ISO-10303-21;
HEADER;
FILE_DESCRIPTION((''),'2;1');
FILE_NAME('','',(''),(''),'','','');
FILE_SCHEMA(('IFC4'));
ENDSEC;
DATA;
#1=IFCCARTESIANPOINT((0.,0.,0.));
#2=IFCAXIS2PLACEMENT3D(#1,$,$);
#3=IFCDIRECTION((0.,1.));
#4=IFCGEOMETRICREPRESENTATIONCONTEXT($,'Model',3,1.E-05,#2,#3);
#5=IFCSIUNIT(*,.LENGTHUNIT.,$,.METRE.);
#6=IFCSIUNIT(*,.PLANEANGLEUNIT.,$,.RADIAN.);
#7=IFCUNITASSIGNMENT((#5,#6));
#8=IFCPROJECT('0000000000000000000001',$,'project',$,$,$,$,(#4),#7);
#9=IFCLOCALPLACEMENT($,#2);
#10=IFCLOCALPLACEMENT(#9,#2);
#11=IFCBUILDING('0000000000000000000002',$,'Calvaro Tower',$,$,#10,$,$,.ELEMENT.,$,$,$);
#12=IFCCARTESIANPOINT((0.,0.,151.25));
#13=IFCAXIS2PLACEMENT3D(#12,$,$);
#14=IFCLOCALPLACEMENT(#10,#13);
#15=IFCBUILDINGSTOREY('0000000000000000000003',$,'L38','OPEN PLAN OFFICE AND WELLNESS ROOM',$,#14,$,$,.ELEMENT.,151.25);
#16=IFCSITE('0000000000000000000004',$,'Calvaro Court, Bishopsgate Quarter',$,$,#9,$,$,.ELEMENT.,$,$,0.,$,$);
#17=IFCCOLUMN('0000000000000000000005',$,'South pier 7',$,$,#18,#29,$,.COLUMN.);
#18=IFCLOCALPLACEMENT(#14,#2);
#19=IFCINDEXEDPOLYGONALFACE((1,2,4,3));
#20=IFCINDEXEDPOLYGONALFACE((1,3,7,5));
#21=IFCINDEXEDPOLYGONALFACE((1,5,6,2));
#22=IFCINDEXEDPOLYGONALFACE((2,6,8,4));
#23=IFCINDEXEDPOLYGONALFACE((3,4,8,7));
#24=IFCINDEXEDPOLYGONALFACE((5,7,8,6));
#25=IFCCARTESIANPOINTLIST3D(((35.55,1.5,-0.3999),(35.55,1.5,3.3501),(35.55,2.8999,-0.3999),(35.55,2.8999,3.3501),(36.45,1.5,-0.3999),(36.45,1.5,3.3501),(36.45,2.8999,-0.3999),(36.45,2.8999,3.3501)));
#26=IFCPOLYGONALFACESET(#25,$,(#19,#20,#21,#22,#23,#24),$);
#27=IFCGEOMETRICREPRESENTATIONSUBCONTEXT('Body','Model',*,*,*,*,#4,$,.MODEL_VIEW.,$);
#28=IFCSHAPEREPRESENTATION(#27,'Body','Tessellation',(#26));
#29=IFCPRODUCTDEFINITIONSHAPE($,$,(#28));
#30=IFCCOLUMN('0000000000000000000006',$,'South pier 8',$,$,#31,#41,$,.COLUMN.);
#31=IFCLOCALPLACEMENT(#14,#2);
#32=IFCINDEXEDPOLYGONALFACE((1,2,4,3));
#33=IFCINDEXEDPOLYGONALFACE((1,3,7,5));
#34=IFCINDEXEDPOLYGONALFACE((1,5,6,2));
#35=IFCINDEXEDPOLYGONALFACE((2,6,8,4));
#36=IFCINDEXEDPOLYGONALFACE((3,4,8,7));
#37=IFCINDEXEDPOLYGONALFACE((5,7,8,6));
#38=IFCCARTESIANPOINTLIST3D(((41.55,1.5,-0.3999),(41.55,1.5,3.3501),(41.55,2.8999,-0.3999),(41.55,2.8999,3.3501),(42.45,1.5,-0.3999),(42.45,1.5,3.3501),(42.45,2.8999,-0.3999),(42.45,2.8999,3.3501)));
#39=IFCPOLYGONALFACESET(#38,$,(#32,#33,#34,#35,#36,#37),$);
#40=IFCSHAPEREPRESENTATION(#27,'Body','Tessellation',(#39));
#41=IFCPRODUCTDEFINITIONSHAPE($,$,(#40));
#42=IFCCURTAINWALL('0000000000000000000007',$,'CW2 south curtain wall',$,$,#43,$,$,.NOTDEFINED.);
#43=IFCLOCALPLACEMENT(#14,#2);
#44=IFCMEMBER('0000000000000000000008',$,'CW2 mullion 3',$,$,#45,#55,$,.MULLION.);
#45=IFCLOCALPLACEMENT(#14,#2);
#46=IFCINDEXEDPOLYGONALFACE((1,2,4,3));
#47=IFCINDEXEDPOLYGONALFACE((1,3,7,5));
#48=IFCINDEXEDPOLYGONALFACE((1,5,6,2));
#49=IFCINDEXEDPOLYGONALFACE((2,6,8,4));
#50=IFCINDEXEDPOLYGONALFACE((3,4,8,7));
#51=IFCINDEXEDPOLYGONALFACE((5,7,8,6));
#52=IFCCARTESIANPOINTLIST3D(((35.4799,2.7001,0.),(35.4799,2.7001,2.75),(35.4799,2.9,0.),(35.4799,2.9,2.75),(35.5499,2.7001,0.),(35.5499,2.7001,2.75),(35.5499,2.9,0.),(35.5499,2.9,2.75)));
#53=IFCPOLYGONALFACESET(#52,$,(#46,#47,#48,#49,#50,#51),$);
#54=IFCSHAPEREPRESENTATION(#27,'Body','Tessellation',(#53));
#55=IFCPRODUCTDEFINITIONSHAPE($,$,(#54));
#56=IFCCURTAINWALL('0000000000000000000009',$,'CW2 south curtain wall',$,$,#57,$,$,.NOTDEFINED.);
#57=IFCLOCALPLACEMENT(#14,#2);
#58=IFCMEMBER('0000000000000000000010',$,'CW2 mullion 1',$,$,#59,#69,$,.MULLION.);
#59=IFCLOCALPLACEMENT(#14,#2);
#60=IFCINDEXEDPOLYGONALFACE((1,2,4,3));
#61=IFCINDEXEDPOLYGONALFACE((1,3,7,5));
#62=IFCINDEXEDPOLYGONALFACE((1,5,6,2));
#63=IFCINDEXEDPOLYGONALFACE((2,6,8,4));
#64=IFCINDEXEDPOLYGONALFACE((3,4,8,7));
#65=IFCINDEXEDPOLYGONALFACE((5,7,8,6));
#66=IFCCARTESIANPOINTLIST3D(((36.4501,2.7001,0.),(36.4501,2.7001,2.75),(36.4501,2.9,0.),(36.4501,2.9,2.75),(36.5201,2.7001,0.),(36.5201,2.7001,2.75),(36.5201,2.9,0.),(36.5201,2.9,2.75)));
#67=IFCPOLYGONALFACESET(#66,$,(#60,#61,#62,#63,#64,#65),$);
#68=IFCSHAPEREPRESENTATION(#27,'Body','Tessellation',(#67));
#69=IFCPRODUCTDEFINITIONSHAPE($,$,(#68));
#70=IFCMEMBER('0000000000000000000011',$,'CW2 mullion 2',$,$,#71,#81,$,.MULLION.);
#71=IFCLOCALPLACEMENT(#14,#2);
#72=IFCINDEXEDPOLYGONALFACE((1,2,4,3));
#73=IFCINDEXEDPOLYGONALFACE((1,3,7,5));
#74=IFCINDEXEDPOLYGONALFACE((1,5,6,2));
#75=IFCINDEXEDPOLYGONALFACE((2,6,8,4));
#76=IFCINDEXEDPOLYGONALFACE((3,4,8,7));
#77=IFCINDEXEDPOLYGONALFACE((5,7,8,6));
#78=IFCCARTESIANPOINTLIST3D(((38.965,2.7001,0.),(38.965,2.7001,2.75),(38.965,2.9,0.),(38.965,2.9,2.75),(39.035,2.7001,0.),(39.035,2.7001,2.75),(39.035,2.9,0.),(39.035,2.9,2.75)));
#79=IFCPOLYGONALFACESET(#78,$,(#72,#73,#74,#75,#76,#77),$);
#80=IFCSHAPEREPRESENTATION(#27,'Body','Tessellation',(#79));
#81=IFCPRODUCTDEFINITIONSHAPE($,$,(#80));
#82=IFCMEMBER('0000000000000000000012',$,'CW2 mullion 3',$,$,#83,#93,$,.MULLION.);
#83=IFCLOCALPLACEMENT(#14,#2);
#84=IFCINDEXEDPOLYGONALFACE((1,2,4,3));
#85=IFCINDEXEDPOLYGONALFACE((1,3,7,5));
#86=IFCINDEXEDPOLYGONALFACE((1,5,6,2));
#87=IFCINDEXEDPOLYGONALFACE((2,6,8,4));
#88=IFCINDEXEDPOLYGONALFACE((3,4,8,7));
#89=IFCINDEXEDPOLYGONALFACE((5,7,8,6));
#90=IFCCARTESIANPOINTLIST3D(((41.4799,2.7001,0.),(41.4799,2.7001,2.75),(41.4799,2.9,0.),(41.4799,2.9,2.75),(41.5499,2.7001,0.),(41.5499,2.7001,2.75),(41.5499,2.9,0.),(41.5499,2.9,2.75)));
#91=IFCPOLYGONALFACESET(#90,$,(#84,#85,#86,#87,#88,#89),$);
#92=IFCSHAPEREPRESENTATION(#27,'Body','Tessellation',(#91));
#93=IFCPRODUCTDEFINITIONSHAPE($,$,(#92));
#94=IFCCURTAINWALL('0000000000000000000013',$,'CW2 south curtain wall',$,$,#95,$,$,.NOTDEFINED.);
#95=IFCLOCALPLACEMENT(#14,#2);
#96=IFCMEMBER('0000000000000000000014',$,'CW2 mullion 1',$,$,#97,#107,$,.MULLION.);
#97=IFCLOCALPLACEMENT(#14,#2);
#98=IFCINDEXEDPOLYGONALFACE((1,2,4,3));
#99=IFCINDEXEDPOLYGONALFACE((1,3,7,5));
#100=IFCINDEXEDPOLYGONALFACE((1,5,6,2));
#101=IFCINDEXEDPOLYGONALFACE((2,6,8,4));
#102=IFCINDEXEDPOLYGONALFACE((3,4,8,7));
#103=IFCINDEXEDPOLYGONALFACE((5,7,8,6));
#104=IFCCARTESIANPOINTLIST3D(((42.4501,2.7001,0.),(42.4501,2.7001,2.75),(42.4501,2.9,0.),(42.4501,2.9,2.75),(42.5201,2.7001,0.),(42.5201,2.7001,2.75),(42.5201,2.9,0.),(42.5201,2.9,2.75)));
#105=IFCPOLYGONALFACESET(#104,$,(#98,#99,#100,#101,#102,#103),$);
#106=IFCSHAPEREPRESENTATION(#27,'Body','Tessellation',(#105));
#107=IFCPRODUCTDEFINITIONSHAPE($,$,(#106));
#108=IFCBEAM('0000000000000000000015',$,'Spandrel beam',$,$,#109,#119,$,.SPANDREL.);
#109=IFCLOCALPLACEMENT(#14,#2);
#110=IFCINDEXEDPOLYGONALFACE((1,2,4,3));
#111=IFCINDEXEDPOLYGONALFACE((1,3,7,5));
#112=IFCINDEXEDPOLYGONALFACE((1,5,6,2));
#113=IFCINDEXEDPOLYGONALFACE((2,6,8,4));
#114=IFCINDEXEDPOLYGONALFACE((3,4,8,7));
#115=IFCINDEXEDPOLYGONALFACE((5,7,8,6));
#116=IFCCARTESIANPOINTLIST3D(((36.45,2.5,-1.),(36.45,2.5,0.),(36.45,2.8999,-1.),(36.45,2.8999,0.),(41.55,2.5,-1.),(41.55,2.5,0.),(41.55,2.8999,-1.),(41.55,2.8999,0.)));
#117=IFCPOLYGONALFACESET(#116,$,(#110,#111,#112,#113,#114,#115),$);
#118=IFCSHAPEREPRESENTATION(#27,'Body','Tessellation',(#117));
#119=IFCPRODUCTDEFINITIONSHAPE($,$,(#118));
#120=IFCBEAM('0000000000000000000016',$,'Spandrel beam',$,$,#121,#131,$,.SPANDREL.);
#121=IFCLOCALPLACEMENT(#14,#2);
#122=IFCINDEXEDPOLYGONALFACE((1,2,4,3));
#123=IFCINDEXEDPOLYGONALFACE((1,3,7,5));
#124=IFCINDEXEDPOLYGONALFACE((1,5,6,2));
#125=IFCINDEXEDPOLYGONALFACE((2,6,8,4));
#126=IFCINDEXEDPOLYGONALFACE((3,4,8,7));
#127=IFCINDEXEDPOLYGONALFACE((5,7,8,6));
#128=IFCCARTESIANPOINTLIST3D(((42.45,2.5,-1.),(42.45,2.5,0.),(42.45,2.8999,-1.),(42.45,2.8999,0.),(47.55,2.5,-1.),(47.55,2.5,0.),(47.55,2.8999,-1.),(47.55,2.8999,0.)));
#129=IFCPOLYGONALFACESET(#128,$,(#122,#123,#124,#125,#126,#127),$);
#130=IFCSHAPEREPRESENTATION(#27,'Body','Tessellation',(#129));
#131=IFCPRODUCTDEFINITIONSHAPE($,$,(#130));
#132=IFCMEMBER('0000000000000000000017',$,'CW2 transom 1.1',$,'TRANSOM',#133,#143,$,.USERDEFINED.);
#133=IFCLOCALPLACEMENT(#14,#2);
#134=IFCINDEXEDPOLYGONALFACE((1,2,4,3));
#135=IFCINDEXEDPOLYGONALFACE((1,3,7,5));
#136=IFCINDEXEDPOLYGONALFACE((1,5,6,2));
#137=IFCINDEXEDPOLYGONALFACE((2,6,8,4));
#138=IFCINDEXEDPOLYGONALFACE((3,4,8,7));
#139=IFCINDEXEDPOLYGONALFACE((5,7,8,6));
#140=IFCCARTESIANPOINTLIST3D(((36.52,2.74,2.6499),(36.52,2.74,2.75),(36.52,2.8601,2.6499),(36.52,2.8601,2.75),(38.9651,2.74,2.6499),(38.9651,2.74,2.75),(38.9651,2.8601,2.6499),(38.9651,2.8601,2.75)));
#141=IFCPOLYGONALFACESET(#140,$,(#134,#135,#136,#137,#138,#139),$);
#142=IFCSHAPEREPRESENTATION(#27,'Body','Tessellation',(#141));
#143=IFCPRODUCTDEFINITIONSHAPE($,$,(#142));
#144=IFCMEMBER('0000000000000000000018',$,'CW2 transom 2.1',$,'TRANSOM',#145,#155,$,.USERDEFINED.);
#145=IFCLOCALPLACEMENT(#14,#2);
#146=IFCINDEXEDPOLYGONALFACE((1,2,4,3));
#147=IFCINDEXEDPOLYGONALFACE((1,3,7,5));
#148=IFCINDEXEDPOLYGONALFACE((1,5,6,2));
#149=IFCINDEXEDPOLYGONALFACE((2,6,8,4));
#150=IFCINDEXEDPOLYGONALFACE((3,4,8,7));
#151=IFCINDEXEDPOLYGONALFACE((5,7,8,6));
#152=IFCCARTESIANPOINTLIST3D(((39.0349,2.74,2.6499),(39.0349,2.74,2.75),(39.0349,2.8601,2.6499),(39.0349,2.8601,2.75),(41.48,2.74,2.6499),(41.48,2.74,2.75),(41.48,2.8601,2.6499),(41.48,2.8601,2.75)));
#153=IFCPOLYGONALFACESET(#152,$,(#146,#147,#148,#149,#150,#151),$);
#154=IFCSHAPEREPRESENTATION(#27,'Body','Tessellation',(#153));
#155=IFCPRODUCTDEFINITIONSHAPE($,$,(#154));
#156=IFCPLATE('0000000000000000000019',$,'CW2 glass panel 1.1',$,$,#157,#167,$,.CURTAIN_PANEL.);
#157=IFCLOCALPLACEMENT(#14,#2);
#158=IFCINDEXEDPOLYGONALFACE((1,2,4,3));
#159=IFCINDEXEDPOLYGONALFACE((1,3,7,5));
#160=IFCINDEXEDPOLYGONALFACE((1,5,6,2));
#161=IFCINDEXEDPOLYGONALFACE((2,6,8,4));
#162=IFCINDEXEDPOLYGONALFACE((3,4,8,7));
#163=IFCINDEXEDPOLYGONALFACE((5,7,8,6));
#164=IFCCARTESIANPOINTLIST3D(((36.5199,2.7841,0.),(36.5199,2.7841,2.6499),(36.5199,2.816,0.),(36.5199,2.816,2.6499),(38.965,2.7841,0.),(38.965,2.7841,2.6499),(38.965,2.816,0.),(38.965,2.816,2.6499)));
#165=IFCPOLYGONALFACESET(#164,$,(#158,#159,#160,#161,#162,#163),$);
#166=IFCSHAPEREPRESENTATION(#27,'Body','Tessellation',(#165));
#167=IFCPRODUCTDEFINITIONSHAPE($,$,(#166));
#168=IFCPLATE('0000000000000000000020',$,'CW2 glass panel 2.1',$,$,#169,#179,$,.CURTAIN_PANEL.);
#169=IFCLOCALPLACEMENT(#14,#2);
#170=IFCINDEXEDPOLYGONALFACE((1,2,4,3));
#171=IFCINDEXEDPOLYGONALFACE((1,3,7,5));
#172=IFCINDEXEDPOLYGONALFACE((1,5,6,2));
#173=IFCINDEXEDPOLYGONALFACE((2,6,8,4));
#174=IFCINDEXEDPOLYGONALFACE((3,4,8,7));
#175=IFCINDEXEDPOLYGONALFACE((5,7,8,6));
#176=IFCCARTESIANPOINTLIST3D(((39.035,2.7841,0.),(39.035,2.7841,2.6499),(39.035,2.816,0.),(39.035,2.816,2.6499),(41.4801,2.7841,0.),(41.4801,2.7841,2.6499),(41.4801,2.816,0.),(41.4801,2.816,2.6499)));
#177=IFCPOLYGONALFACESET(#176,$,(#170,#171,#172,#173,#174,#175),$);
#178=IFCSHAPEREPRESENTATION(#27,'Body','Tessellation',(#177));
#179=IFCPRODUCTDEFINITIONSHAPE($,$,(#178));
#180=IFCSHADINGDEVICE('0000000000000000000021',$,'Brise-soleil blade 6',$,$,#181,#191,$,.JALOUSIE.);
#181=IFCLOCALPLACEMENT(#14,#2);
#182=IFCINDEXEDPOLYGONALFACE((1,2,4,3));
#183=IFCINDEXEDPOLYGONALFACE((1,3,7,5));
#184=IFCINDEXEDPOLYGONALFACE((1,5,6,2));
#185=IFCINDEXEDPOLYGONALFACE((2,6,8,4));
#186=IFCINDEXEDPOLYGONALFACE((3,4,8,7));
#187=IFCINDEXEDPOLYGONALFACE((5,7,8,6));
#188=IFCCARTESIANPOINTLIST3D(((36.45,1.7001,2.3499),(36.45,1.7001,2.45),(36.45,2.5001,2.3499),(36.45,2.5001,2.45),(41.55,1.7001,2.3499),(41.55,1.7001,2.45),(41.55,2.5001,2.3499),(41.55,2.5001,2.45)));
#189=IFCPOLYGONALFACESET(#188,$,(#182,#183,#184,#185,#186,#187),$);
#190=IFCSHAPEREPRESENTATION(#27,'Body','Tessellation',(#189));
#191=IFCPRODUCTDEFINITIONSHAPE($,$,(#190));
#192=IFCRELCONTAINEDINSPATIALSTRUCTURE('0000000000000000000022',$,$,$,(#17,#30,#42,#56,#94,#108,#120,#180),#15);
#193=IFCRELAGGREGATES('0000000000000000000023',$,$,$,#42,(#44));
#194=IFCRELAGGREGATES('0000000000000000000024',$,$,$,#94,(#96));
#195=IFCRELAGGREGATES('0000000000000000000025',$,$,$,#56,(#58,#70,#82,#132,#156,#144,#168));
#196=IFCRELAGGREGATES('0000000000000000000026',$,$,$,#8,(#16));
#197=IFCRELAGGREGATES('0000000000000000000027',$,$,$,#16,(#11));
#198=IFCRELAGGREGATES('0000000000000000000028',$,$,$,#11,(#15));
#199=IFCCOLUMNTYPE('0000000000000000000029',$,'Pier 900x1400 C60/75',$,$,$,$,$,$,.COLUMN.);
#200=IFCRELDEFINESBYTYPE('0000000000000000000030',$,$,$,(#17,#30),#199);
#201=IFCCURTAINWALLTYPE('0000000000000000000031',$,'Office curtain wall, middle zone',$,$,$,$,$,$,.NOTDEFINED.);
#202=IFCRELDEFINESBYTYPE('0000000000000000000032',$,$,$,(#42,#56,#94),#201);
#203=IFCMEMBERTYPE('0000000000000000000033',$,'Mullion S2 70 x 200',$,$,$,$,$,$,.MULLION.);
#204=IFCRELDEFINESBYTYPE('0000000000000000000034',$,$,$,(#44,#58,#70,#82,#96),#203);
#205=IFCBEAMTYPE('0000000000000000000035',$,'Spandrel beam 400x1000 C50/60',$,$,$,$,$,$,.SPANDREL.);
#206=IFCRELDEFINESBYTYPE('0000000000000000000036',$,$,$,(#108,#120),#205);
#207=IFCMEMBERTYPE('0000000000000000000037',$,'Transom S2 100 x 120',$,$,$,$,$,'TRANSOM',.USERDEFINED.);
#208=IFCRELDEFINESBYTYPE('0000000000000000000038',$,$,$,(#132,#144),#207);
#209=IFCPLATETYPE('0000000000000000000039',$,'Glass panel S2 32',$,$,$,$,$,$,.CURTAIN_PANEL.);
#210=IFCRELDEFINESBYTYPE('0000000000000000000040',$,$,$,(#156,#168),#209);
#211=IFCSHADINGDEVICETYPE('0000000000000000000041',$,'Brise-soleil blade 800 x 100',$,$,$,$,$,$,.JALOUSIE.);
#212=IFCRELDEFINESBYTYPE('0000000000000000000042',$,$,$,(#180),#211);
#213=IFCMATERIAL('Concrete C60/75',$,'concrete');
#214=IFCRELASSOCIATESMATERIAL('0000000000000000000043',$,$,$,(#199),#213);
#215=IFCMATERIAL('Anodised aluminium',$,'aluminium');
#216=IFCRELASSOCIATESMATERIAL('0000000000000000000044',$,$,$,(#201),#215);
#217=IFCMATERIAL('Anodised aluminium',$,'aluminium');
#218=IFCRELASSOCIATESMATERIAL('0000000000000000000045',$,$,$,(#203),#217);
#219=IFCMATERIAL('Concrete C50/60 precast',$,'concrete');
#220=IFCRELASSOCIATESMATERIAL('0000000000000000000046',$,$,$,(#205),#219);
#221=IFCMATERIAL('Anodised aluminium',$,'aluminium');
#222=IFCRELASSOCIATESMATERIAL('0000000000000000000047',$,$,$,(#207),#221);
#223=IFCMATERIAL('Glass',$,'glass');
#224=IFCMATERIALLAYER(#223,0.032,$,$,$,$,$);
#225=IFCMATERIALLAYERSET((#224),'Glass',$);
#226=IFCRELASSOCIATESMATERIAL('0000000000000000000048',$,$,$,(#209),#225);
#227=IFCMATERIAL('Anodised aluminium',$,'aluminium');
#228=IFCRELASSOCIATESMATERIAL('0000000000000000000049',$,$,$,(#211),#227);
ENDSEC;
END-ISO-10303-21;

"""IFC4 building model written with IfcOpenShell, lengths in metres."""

from ifc_helpers import new_model, si_unit, direction, frame, origin, origin_2d, place, context, subcontext, project, spatial, rectangle, extrude, material, layer, layer_set, material_profile, profile_set, type_object, element, aggregate, save


model = new_model("IFC4")

# Units and contexts
model_context = context("Model", 3, precision=1e-05, world=origin(), true_north=direction((0.0, 1.0)))
body_context = subcontext(model_context, "Body", "Model", "MODEL_VIEW")
ifc_project = project(units=[si_unit("LENGTHUNIT", "METRE"), si_unit("PLANEANGLEUNIT", "RADIAN")], contexts=[model_context])

# Site, building, storey
site_placement = place(None, origin())
site = spatial("IfcSite", under=ifc_project, at=site_placement, Name="Calvaro Court, Bishopsgate Quarter", CompositionType="ELEMENT", RefElevation=0.0)
building_placement = place(site_placement, origin())
building = spatial("IfcBuilding", under=site, at=building_placement, Name="Calvaro Tower", CompositionType="ELEMENT")
storey_placement = place(building_placement, frame((0.0, 0.0, 151.25)))
storey = spatial("IfcBuildingStorey", under=building, at=storey_placement, Name="L38", Description="OPEN PLAN OFFICE AND WELLNESS ROOM", CompositionType="ELEMENT", Elevation=151.25)

# Columns
ifc_material_1 = material(Name="Concrete C60/75", Category="concrete")
ifc_material_profile_1 = material_profile(ifc_material_1, rectangle(XDim=0.8999, YDim=1.3999, at=origin_2d()), Name="RC 900x1400")
ifc_profile_set_1 = profile_set([ifc_material_profile_1], Name="Concrete C60/75")
column_type = type_object("IfcColumnType", Name="Pier 900x1400 C60/75", PredefinedType="COLUMN", material=ifc_profile_set_1)
for number, where, z_axis, x_axis, name in (
    (1, (36.0, 2.2, -0.3999), (0.0, 0.0, 1.0), (1.0, 0.0, 0.0), "South pier 7"),
    (2, (42.0, 2.2, -0.3999), (0.0, 0.0, 1.0), (1.0, 0.0, 0.0), "South pier 8"),
):
    element("IfcColumn", number, at=place(storey_placement, frame(where, z_axis=z_axis, x_axis=x_axis)), inside=storey, type_object=column_type, Name=name, PredefinedType="COLUMN", context=body_context, shape_type="SweptSolid", body=[
        extrude(rectangle(XDim=0.8999, YDim=1.3999, at=origin_2d()), origin(), (0.0, 0.0, 1.0), 3.75),
    ])

# Curtain wall, member
ifc_material_2 = material(Name="Anodised aluminium", Category="aluminium")
curtain_wall_type = type_object("IfcCurtainWallType", Name="Office curtain wall, middle zone", PredefinedType="NOTDEFINED", material=ifc_material_2)
curtain_wall_1_placement = place(storey_placement, origin())
curtain_wall_1 = element("IfcCurtainWall", 3, at=curtain_wall_1_placement, inside=storey, type_object=curtain_wall_type, Name="CW2 south curtain wall", PredefinedType="NOTDEFINED")
ifc_material_3 = material(Name="Anodised aluminium", Category="aluminium")
ifc_material_profile_2 = material_profile(ifc_material_3, rectangle(XDim=0.2, YDim=0.0701, at=origin_2d()), Name="Mullion S2 70 x 200")
ifc_profile_set_2 = profile_set([ifc_material_profile_2], Name="Anodised aluminium")
member_type_1 = type_object("IfcMemberType", Name="Mullion S2 70 x 200", PredefinedType="MULLION", material=ifc_profile_set_2)
member_1_placement = place(storey_placement, frame((35.5149, 2.8, 0.0), z_axis=(0.0, 0.0, 1.0), x_axis=(0.0, 1.0, 0.0)))
member_1 = element("IfcMember", 4, at=member_1_placement, type_object=member_type_1, Name="CW2 mullion 3", PredefinedType="MULLION", context=body_context, shape_type="SweptSolid", body=[
    extrude(rectangle(XDim=0.2, YDim=0.0701, at=origin_2d()), origin(), (0.0, 0.0, 1.0), 2.75),
])
aggregate(curtain_wall_1, [member_1])

# Curtain wall, members
curtain_wall_2_placement = place(storey_placement, origin())
curtain_wall_2 = element("IfcCurtainWall", 5, at=curtain_wall_2_placement, inside=storey, type_object=curtain_wall_type, Name="CW2 south curtain wall", PredefinedType="NOTDEFINED")
member_2_placement = place(storey_placement, frame((36.4851, 2.8, 0.0), z_axis=(0.0, 0.0, 1.0), x_axis=(0.0, 1.0, 0.0)))
member_2 = element("IfcMember", 6, at=member_2_placement, type_object=member_type_1, Name="CW2 mullion 1", PredefinedType="MULLION", context=body_context, shape_type="SweptSolid", body=[
    extrude(rectangle(XDim=0.2, YDim=0.0701, at=origin_2d()), origin(), (0.0, 0.0, 1.0), 2.75),
])
member_3_placement = place(storey_placement, frame((39.0, 2.8, 0.0), z_axis=(0.0, 0.0, 1.0), x_axis=(0.0, 1.0, 0.0)))
member_3 = element("IfcMember", 7, at=member_3_placement, type_object=member_type_1, Name="CW2 mullion 2", PredefinedType="MULLION", context=body_context, shape_type="SweptSolid", body=[
    extrude(rectangle(XDim=0.2, YDim=0.0701, at=origin_2d()), origin(), (0.0, 0.0, 1.0), 2.75),
])
member_4_placement = place(storey_placement, frame((41.5149, 2.8, 0.0), z_axis=(0.0, 0.0, 1.0), x_axis=(0.0, 1.0, 0.0)))
member_4 = element("IfcMember", 8, at=member_4_placement, type_object=member_type_1, Name="CW2 mullion 3", PredefinedType="MULLION", context=body_context, shape_type="SweptSolid", body=[
    extrude(rectangle(XDim=0.2, YDim=0.0701, at=origin_2d()), origin(), (0.0, 0.0, 1.0), 2.75),
])

# Curtain wall, member
curtain_wall_3_placement = place(storey_placement, origin())
curtain_wall_3 = element("IfcCurtainWall", 9, at=curtain_wall_3_placement, inside=storey, type_object=curtain_wall_type, Name="CW2 south curtain wall", PredefinedType="NOTDEFINED")
member_5_placement = place(storey_placement, frame((42.4851, 2.8, 0.0), z_axis=(0.0, 0.0, 1.0), x_axis=(0.0, 1.0, 0.0)))
member_5 = element("IfcMember", 10, at=member_5_placement, type_object=member_type_1, Name="CW2 mullion 1", PredefinedType="MULLION", context=body_context, shape_type="SweptSolid", body=[
    extrude(rectangle(XDim=0.2, YDim=0.0701, at=origin_2d()), origin(), (0.0, 0.0, 1.0), 2.75),
])
aggregate(curtain_wall_3, [member_5])

# Beams
ifc_material_4 = material(Name="Concrete C50/60 precast", Category="concrete")
ifc_material_profile_3 = material_profile(ifc_material_4, rectangle(XDim=0.3999, YDim=1.0, at=origin_2d()), Name="RC 400x1000")
ifc_profile_set_3 = profile_set([ifc_material_profile_3], Name="Concrete C50/60 precast")
beam_type = type_object("IfcBeamType", Name="Spandrel beam 400x1000 C50/60", PredefinedType="SPANDREL", material=ifc_profile_set_3)
for number, where, z_axis, x_axis, name in (
    (11, (36.45, 2.7, -0.5), (1.0, 0.0, 0.0), (0.0, 1.0, 0.0), "Spandrel beam"),
    (12, (42.45, 2.7, -0.5), (1.0, 0.0, 0.0), (0.0, 1.0, 0.0), "Spandrel beam"),
):
    element("IfcBeam", number, at=place(storey_placement, frame(where, z_axis=z_axis, x_axis=x_axis)), inside=storey, type_object=beam_type, Name=name, PredefinedType="SPANDREL", context=body_context, shape_type="SweptSolid", body=[
        extrude(rectangle(XDim=0.3999, YDim=1.0, at=origin_2d()), origin(), (0.0, 0.0, 1.0), 5.1001),
    ])

# Members
ifc_material_5 = material(Name="Anodised aluminium", Category="aluminium")
ifc_material_profile_4 = material_profile(ifc_material_5, rectangle(XDim=0.1201, YDim=0.1001, at=origin_2d()), Name="Transom S2 100 x 120")
ifc_profile_set_4 = profile_set([ifc_material_profile_4], Name="Anodised aluminium")
member_type_2 = type_object("IfcMemberType", Name="Transom S2 100 x 120", ElementType="TRANSOM", PredefinedType="USERDEFINED", material=ifc_profile_set_4)
member_6_placement = place(storey_placement, frame((36.52, 2.8, 2.7), z_axis=(1.0, 0.0, 0.0), x_axis=(0.0, 1.0, 0.0)))
member_6 = element("IfcMember", 13, at=member_6_placement, type_object=member_type_2, Name="CW2 transom 1.1", ObjectType="TRANSOM", PredefinedType="USERDEFINED", context=body_context, shape_type="SweptSolid", body=[
    extrude(rectangle(XDim=0.1201, YDim=0.1001, at=origin_2d()), origin(), (0.0, 0.0, 1.0), 2.4451),
])
member_7_placement = place(storey_placement, frame((39.0349, 2.8, 2.7), z_axis=(1.0, 0.0, 0.0), x_axis=(0.0, 1.0, 0.0)))
member_7 = element("IfcMember", 14, at=member_7_placement, type_object=member_type_2, Name="CW2 transom 2.1", ObjectType="TRANSOM", PredefinedType="USERDEFINED", context=body_context, shape_type="SweptSolid", body=[
    extrude(rectangle(XDim=0.1201, YDim=0.1001, at=origin_2d()), origin(), (0.0, 0.0, 1.0), 2.4451),
])

# Plates
ifc_material_6 = material(Name="Glass", Category="glass")
ifc_layer = layer(ifc_material_6, 0.032)
ifc_layer_set = layer_set([ifc_layer], Name="Glass")
plate_type = type_object("IfcPlateType", Name="Glass panel S2 32", PredefinedType="CURTAIN_PANEL", material=ifc_layer_set)
plate_1_placement = place(storey_placement, frame((37.7424, 2.8, 0.0), z_axis=(0.0, 0.0, 1.0), x_axis=(1.0, 0.0, 0.0)))
plate_1 = element("IfcPlate", 15, at=plate_1_placement, type_object=plate_type, Name="CW2 glass panel 1.1", PredefinedType="CURTAIN_PANEL", context=body_context, shape_type="SweptSolid", body=[
    extrude(rectangle(XDim=2.4451, YDim=0.032, at=origin_2d()), origin(), (0.0, 0.0, 1.0), 2.6499),
])
plate_2_placement = place(storey_placement, frame((40.2576, 2.8, 0.0), z_axis=(0.0, 0.0, 1.0), x_axis=(1.0, 0.0, 0.0)))
plate_2 = element("IfcPlate", 16, at=plate_2_placement, type_object=plate_type, Name="CW2 glass panel 2.1", PredefinedType="CURTAIN_PANEL", context=body_context, shape_type="SweptSolid", body=[
    extrude(rectangle(XDim=2.4451, YDim=0.032, at=origin_2d()), origin(), (0.0, 0.0, 1.0), 2.6499),
])
aggregate(curtain_wall_2, [member_2, member_3, member_4, member_6, plate_1, member_7, plate_2])

# Shading device
ifc_material_7 = material(Name="Anodised aluminium", Category="aluminium")
ifc_material_profile_5 = material_profile(ifc_material_7, rectangle(XDim=0.8, YDim=0.1001, at=origin_2d()), Name="Brise-soleil blade 800 x 100")
ifc_profile_set_5 = profile_set([ifc_material_profile_5], Name="Anodised aluminium")
shading_device_type = type_object("IfcShadingDeviceType", Name="Brise-soleil blade 800 x 100", PredefinedType="JALOUSIE", material=ifc_profile_set_5)
for number, where, z_axis, x_axis, name in (
    (17, (36.45, 2.1001, 2.3999), (1.0, 0.0, 0.0), (0.0, 1.0, 0.0), "Brise-soleil blade 6"),
):
    element("IfcShadingDevice", number, at=place(storey_placement, frame(where, z_axis=z_axis, x_axis=x_axis)), inside=storey, type_object=shading_device_type, Name=name, PredefinedType="JALOUSIE", context=body_context, shape_type="SweptSolid", body=[
        extrude(rectangle(XDim=0.8, YDim=0.1001, at=origin_2d()), origin(), (0.0, 0.0, 1.0), 5.1001),
    ])

save(model, "model.ifc")
